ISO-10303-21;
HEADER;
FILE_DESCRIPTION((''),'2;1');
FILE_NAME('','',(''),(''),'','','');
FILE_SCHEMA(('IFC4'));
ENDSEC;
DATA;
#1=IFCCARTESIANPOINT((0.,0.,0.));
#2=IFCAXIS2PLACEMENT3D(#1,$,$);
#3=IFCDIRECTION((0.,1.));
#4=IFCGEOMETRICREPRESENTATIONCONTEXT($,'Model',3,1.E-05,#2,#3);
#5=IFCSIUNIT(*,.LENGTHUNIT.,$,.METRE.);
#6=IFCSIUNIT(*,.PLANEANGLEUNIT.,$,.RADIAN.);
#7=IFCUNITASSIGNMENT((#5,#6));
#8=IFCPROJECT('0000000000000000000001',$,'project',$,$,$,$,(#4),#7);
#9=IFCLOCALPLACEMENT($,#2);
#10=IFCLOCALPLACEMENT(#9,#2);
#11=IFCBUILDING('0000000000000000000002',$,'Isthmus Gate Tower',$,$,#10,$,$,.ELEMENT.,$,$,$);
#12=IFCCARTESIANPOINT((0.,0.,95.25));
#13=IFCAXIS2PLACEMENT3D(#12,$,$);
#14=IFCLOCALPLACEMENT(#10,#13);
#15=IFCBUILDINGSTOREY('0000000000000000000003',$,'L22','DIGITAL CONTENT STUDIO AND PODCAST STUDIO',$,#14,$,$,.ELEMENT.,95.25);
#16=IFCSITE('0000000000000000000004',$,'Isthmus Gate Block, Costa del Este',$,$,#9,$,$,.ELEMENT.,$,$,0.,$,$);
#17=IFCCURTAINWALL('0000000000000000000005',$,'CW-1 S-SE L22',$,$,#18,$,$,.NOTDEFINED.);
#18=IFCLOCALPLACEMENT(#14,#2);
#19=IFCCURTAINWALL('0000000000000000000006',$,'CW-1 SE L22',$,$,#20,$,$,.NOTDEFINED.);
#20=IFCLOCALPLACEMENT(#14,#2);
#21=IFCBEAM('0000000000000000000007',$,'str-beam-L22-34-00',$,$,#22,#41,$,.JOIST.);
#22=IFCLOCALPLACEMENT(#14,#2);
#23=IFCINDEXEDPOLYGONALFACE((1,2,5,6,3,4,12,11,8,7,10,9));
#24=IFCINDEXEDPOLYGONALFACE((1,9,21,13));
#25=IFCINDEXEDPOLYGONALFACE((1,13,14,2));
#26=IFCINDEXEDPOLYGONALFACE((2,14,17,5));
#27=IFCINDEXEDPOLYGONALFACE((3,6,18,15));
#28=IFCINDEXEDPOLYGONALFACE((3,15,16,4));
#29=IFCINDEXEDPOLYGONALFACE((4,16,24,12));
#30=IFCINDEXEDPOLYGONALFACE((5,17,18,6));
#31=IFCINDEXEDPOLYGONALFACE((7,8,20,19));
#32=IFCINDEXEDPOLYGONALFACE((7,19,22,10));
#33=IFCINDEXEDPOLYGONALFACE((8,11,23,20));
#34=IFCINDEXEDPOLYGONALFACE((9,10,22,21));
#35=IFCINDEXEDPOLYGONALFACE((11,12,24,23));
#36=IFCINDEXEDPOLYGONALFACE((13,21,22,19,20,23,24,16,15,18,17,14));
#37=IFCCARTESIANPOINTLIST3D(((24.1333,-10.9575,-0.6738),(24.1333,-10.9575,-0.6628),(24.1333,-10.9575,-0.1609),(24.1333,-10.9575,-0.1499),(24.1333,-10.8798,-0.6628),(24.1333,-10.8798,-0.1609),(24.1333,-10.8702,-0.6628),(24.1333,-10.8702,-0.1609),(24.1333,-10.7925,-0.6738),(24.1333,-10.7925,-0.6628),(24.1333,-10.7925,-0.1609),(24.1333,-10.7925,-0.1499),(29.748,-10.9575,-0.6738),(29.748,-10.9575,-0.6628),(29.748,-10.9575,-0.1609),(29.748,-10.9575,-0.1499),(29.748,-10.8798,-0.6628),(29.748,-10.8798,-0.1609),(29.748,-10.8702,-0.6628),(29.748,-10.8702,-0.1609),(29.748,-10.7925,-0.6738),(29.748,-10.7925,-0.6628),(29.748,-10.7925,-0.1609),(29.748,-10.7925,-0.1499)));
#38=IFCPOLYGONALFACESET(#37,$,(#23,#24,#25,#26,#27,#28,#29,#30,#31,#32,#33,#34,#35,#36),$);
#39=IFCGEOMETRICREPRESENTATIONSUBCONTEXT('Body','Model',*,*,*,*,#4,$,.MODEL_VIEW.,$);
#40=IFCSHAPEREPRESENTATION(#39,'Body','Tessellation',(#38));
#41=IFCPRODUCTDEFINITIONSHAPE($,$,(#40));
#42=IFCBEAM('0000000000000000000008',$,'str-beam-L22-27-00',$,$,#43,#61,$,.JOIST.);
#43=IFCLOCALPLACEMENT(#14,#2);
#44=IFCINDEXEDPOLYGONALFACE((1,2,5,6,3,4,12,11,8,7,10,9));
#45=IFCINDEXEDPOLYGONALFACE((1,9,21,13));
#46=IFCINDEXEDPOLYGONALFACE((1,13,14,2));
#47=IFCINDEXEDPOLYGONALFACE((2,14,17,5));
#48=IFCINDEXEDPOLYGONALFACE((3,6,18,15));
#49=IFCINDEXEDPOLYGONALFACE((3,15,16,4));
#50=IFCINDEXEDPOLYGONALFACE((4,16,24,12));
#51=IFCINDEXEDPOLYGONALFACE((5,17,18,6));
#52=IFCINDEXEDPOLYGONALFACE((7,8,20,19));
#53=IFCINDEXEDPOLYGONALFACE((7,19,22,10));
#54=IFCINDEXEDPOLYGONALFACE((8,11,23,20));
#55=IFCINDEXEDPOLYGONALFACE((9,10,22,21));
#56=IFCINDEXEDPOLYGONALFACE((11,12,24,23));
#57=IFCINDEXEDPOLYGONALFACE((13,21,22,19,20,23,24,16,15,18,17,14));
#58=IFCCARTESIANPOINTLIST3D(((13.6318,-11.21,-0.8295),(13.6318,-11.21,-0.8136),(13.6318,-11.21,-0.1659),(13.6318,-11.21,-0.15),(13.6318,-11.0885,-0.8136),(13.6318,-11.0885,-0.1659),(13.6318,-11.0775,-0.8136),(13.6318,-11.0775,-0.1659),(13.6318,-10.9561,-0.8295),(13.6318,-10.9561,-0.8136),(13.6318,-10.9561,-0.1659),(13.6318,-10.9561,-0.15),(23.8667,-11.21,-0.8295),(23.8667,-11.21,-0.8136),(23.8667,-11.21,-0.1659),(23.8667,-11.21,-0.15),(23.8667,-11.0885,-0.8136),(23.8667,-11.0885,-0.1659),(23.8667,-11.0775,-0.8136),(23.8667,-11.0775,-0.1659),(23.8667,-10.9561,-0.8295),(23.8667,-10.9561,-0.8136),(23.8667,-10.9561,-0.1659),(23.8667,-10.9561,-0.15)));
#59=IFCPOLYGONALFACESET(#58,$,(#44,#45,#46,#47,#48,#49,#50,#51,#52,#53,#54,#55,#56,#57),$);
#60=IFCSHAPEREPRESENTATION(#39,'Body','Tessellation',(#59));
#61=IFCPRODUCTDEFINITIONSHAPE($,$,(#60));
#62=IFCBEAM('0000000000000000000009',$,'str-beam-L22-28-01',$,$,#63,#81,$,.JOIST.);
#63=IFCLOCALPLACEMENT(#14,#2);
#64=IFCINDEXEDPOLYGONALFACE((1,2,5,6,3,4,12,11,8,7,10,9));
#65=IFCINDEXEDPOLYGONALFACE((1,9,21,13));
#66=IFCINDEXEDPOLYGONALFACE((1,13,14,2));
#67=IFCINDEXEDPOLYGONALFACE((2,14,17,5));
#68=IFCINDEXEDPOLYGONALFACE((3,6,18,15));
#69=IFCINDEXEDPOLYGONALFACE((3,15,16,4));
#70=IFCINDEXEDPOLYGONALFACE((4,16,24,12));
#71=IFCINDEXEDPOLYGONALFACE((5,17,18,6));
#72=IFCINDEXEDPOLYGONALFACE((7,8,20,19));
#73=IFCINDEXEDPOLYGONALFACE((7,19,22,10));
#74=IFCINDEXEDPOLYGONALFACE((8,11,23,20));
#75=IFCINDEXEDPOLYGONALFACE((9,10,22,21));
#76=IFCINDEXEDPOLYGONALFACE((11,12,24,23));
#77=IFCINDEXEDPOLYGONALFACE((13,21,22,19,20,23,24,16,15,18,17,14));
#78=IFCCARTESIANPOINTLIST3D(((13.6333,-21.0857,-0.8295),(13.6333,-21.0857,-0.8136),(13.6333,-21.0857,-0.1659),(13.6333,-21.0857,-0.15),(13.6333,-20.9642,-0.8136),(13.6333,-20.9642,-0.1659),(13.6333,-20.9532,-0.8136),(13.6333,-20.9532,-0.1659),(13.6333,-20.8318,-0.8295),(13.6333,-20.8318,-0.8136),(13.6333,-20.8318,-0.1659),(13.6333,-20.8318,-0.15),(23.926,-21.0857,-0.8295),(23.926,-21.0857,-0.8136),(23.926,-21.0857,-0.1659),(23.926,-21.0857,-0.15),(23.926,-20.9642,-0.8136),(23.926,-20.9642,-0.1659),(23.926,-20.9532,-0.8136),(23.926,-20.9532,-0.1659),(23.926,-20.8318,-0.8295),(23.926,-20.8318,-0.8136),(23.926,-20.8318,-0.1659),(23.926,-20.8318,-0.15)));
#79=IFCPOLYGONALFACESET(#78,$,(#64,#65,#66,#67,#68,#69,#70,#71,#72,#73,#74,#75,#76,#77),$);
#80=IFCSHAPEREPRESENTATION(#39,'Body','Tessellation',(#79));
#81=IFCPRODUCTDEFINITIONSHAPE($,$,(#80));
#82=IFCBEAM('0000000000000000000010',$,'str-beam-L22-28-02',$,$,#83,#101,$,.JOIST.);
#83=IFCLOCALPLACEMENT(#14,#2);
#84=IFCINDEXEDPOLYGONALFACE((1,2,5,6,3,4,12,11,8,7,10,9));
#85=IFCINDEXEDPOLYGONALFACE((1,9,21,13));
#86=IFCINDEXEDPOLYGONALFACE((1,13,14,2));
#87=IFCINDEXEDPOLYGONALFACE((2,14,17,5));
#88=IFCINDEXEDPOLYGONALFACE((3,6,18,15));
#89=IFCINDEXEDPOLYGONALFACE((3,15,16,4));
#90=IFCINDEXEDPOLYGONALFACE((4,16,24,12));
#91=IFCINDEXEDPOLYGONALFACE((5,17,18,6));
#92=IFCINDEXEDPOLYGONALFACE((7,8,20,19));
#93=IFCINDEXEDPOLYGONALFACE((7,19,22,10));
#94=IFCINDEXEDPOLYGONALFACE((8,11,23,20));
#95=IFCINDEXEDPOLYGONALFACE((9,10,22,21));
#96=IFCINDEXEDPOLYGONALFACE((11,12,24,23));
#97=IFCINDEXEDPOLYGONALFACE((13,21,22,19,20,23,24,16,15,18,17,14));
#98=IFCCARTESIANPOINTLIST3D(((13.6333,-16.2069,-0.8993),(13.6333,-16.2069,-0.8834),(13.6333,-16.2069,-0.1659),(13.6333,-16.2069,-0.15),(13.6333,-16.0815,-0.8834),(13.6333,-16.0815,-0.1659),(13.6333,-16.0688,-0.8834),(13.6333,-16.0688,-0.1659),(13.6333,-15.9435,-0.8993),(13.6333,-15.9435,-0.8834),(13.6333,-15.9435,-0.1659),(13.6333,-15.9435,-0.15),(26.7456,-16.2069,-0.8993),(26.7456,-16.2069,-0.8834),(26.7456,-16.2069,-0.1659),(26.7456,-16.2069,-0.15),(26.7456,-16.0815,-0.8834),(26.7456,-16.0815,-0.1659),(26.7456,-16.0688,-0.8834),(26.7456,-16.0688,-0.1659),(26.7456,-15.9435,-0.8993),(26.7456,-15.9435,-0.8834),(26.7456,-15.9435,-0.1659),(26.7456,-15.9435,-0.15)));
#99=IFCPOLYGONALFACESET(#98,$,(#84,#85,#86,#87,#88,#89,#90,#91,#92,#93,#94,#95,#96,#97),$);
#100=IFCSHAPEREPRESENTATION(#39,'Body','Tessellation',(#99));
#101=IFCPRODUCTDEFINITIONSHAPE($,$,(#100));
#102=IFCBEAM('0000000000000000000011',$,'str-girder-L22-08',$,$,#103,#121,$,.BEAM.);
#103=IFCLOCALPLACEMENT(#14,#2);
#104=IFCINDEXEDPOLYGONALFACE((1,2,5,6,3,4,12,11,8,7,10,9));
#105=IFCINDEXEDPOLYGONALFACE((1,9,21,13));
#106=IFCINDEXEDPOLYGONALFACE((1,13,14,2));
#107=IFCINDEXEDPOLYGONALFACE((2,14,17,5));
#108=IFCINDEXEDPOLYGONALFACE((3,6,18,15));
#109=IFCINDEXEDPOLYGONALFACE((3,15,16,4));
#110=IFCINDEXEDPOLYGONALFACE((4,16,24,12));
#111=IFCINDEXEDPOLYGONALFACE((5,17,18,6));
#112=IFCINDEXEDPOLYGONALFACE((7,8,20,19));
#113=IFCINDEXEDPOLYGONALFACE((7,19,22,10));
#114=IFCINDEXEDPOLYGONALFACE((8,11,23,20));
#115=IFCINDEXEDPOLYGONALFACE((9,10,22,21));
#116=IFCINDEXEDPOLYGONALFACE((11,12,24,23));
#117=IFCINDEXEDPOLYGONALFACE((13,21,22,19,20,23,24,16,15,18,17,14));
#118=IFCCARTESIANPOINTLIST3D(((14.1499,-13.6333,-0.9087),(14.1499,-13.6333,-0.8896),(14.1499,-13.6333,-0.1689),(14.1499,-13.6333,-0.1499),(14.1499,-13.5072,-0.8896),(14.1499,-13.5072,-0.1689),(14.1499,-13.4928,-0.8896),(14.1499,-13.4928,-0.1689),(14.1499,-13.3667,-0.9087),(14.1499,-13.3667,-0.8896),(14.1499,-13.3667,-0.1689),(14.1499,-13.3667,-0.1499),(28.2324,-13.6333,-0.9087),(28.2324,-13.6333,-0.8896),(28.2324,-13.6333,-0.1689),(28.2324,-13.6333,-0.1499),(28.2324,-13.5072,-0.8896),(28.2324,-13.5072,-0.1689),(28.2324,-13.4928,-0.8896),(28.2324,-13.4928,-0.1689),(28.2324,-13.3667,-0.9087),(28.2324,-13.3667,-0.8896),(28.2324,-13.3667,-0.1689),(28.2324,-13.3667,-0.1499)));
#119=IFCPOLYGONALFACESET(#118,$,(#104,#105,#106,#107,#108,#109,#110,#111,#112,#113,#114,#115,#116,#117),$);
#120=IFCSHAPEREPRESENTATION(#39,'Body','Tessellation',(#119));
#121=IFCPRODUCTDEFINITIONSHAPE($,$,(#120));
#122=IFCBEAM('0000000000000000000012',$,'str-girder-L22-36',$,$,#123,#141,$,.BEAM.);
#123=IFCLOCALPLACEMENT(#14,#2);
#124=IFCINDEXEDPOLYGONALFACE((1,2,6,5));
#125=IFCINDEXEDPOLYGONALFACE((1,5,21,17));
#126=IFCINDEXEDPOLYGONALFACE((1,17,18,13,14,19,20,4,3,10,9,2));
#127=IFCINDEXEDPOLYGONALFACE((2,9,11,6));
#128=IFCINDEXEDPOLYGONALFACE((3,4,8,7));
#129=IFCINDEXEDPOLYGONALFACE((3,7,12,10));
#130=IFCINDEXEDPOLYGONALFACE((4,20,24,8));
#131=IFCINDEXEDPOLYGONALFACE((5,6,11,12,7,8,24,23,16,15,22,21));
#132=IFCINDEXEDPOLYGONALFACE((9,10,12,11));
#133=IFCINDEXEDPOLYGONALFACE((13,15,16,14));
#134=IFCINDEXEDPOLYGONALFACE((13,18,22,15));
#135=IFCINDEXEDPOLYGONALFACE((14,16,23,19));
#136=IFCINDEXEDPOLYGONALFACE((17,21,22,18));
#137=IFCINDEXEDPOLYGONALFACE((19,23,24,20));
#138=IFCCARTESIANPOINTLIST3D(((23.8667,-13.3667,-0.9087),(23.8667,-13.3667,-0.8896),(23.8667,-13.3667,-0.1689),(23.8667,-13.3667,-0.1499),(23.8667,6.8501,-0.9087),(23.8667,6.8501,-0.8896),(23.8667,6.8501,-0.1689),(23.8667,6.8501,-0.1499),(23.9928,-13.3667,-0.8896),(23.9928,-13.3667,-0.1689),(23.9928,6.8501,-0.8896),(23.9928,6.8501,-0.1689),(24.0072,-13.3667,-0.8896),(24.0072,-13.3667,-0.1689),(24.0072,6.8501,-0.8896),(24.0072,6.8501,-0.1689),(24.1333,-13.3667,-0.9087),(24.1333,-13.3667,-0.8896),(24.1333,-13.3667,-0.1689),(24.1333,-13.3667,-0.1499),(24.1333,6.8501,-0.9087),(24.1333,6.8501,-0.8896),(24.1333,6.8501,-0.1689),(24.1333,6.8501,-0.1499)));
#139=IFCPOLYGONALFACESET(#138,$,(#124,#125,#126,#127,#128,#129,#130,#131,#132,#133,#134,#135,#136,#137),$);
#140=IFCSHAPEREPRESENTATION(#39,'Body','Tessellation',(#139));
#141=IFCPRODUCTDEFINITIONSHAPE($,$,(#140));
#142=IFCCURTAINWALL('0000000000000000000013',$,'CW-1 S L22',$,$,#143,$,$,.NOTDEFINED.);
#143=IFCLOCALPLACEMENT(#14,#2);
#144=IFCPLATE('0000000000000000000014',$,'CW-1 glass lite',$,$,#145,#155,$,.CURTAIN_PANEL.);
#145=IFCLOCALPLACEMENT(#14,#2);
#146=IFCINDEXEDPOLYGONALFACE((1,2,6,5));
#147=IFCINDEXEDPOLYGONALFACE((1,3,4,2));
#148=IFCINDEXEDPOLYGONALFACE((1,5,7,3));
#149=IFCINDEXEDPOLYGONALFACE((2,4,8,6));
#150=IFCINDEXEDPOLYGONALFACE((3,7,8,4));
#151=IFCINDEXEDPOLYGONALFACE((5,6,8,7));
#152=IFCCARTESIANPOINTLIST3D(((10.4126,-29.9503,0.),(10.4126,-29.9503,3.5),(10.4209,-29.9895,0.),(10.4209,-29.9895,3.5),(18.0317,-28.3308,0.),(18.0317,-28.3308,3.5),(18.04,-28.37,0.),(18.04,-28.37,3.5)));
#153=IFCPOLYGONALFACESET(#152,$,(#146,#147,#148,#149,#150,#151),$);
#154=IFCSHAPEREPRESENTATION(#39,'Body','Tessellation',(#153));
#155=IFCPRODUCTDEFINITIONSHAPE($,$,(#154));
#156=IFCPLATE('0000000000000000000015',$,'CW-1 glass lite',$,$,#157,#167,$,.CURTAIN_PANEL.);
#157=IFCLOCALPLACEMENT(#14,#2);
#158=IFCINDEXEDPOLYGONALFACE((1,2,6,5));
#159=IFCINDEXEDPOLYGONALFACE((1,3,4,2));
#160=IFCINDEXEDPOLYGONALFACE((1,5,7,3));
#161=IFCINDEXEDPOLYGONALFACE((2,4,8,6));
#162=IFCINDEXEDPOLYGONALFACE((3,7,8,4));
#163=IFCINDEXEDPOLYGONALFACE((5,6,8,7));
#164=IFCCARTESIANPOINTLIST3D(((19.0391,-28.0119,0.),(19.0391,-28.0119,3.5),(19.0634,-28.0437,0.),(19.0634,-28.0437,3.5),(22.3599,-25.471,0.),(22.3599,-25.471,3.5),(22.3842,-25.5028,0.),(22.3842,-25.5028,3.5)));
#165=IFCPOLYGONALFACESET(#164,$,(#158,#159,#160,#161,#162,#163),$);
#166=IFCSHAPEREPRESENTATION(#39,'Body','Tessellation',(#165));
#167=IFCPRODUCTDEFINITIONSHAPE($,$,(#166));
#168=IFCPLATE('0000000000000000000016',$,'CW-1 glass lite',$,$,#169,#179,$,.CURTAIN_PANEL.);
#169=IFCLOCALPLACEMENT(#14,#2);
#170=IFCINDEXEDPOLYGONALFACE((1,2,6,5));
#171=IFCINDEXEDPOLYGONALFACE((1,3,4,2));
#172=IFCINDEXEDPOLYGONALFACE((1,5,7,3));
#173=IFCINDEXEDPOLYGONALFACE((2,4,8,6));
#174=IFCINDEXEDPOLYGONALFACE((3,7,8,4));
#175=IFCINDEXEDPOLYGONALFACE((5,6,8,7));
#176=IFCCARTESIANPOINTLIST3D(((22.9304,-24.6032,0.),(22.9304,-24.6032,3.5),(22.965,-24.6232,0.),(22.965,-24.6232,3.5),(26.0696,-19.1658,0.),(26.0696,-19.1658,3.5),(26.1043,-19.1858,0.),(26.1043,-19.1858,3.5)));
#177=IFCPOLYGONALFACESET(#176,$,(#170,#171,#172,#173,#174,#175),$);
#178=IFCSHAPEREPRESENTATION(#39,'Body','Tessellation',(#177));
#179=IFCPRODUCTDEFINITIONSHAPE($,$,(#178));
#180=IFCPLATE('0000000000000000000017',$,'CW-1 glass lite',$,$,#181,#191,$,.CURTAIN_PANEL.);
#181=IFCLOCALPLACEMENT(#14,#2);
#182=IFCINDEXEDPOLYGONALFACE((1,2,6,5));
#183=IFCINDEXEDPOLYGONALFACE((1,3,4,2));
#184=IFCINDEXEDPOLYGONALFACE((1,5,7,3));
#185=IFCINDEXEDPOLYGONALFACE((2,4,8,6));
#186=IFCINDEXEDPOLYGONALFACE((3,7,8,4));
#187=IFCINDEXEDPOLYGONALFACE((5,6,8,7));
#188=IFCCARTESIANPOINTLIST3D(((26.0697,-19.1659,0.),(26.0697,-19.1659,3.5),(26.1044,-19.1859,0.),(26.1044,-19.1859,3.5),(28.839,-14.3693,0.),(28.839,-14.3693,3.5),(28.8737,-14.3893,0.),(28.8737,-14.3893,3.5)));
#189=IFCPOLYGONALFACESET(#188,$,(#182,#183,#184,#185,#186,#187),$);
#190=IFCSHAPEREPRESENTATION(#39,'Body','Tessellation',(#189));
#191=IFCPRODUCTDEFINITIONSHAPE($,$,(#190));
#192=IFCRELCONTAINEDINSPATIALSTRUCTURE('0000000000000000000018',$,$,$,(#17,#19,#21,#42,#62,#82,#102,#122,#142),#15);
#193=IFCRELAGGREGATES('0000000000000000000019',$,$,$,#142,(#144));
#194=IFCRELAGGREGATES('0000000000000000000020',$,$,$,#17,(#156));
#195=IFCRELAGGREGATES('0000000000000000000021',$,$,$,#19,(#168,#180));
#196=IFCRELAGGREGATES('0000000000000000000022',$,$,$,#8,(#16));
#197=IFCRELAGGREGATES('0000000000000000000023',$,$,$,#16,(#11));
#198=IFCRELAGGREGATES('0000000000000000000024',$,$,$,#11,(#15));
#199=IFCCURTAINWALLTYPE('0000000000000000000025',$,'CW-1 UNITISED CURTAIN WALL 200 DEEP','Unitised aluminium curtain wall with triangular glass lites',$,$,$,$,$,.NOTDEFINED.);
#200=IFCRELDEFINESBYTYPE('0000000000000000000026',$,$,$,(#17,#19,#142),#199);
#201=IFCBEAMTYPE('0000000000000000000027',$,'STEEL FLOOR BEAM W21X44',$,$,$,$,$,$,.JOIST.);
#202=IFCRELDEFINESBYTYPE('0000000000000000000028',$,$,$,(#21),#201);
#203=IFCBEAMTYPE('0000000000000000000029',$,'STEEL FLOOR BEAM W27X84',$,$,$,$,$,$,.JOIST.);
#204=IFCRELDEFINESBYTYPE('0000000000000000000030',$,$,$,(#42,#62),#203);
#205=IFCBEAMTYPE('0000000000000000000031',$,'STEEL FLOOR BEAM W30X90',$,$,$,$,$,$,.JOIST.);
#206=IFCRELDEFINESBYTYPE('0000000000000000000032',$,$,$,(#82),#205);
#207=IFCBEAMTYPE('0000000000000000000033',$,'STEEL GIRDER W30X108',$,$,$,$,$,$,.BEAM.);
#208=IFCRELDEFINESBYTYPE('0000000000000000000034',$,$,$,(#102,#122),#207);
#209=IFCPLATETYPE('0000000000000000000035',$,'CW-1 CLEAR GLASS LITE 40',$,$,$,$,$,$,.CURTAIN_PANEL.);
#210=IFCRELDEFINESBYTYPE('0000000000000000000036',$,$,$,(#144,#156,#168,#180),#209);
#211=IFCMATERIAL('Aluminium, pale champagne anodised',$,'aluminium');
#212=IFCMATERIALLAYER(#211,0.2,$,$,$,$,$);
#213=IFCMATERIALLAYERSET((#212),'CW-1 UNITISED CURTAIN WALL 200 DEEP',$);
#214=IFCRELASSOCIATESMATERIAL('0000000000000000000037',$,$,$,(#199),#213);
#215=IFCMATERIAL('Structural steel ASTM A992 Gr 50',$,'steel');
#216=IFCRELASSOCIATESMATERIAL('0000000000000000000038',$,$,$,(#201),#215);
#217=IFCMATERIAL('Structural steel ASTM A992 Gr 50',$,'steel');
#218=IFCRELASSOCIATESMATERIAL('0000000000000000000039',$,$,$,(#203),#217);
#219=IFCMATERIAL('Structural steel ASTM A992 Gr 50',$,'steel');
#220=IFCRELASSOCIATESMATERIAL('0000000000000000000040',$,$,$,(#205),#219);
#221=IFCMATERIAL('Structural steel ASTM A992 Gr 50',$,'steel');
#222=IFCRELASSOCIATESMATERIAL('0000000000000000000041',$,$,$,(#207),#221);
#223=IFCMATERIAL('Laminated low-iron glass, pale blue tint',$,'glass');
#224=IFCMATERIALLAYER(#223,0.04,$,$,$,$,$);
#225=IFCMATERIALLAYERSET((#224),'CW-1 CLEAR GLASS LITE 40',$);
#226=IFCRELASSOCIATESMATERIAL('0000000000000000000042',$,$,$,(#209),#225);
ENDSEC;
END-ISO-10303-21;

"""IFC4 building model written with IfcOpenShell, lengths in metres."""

from ifc_helpers import new_model, si_unit, direction, frame, origin, origin_2d, place, context, subcontext, project, spatial, rectangle, i_section, extrude, material, layer, layer_set, material_profile, profile_set, type_object, element, aggregate, save


model = new_model("IFC4")

# Units and contexts
model_context = context("Model", 3, precision=1e-05, world=origin(), true_north=direction((0.0, 1.0)))
body_context = subcontext(model_context, "Body", "Model", "MODEL_VIEW")
ifc_project = project(units=[si_unit("LENGTHUNIT", "METRE"), si_unit("PLANEANGLEUNIT", "RADIAN")], contexts=[model_context])

# Site, building, storey
site_placement = place(None, origin())
site = spatial("IfcSite", under=ifc_project, at=site_placement, Name="Isthmus Gate Block, Costa del Este", CompositionType="ELEMENT", RefElevation=0.0)
building_placement = place(site_placement, origin())
building = spatial("IfcBuilding", under=site, at=building_placement, Name="Isthmus Gate Tower", CompositionType="ELEMENT")
storey_placement = place(building_placement, frame((0.0, 0.0, 95.25)))
storey = spatial("IfcBuildingStorey", under=building, at=storey_placement, Name="L22", Description="DIGITAL CONTENT STUDIO AND PODCAST STUDIO", CompositionType="ELEMENT", Elevation=95.25)

# Curtain wall
ifc_material_1 = material(Name="Aluminium, pale champagne anodised", Category="aluminium")
ifc_layer_1 = layer(ifc_material_1, 0.2)
ifc_layer_set_1 = layer_set([ifc_layer_1], Name="CW-1 UNITISED CURTAIN WALL 200 DEEP")
curtain_wall_type = type_object("IfcCurtainWallType", Name="CW-1 UNITISED CURTAIN WALL 200 DEEP", Description="Unitised aluminium curtain wall with triangular glass lites", PredefinedType="NOTDEFINED", material=ifc_layer_set_1)
curtain_wall_1_placement = place(storey_placement, origin())
curtain_wall_1 = element("IfcCurtainWall", 1, at=curtain_wall_1_placement, inside=storey, type_object=curtain_wall_type, Name="CW-1 S-SE L22", PredefinedType="NOTDEFINED")

# Curtain wall
curtain_wall_2_placement = place(storey_placement, origin())
curtain_wall_2 = element("IfcCurtainWall", 2, at=curtain_wall_2_placement, inside=storey, type_object=curtain_wall_type, Name="CW-1 SE L22", PredefinedType="NOTDEFINED")

# Beams
ifc_material_2 = material(Name="Structural steel ASTM A992 Gr 50", Category="steel")
ifc_material_profile_1 = material_profile(ifc_material_2, i_section(OverallWidth=0.165, OverallDepth=0.5239, WebThickness=0.0095, FlangeThickness=0.011, at=origin_2d()), Name="W21X44")
ifc_profile_set_1 = profile_set([ifc_material_profile_1], Name="Structural steel ASTM A992 Gr 50")
beam_type_1 = type_object("IfcBeamType", Name="STEEL FLOOR BEAM W21X44", PredefinedType="JOIST", material=ifc_profile_set_1)
beam_1_placement = place(storey_placement, frame((24.1333, -10.875, -0.4119), z_axis=(1.0, 0.0, 0.0), x_axis=(0.0, 1.0, 0.0)))
element("IfcBeam", 3, at=beam_1_placement, inside=storey, type_object=beam_type_1, Name="str-beam-L22-34-00", PredefinedType="JOIST", context=body_context, shape_type="SweptSolid", body=[
    extrude(i_section(OverallWidth=0.165, OverallDepth=0.5239, WebThickness=0.0095, FlangeThickness=0.011, at=origin_2d()), origin(), (0.0, 0.0, 1.0), 5.6147),
])
ifc_material_3 = material(Name="Structural steel ASTM A992 Gr 50", Category="steel")
ifc_material_profile_2 = material_profile(ifc_material_3, i_section(OverallWidth=0.2539, OverallDepth=0.6794, WebThickness=0.011, FlangeThickness=0.0159, at=origin_2d()), Name="W27X84")
ifc_profile_set_2 = profile_set([ifc_material_profile_2], Name="Structural steel ASTM A992 Gr 50")
beam_type_2 = type_object("IfcBeamType", Name="STEEL FLOOR BEAM W27X84", PredefinedType="JOIST", material=ifc_profile_set_2)
beam_2_placement = place(storey_placement, frame((13.6318, -11.083, -0.4897), z_axis=(1.0, 0.0, 0.0), x_axis=(0.0, 1.0, 0.0)))
element("IfcBeam", 4, at=beam_2_placement, inside=storey, type_object=beam_type_2, Name="str-beam-L22-27-00", PredefinedType="JOIST", context=body_context, shape_type="SweptSolid", body=[
    extrude(i_section(OverallWidth=0.2539, OverallDepth=0.6794, WebThickness=0.011, FlangeThickness=0.0159, at=origin_2d()), origin(), (0.0, 0.0, 1.0), 10.2349),
])
beam_3_placement = place(storey_placement, frame((13.6333, -20.9587, -0.4897), z_axis=(1.0, 0.0, 0.0), x_axis=(0.0, 1.0, 0.0)))
element("IfcBeam", 5, at=beam_3_placement, inside=storey, type_object=beam_type_2, Name="str-beam-L22-28-01", PredefinedType="JOIST", context=body_context, shape_type="SweptSolid", body=[
    extrude(i_section(OverallWidth=0.2539, OverallDepth=0.6794, WebThickness=0.011, FlangeThickness=0.0159, at=origin_2d()), origin(), (0.0, 0.0, 1.0), 10.2927),
])
ifc_material_4 = material(Name="Structural steel ASTM A992 Gr 50", Category="steel")
ifc_material_profile_3 = material_profile(ifc_material_4, i_section(OverallWidth=0.2634, OverallDepth=0.7493, WebThickness=0.0127, FlangeThickness=0.0159, at=origin_2d()), Name="W30X90")
ifc_profile_set_3 = profile_set([ifc_material_profile_3], Name="Structural steel ASTM A992 Gr 50")
beam_type_3 = type_object("IfcBeamType", Name="STEEL FLOOR BEAM W30X90", PredefinedType="JOIST", material=ifc_profile_set_3)
beam_4_placement = place(storey_placement, frame((13.6333, -16.0752, -0.5247), z_axis=(1.0, 0.0, 0.0), x_axis=(0.0, 1.0, 0.0)))
element("IfcBeam", 6, at=beam_4_placement, inside=storey, type_object=beam_type_3, Name="str-beam-L22-28-02", PredefinedType="JOIST", context=body_context, shape_type="SweptSolid", body=[
    extrude(i_section(OverallWidth=0.2634, OverallDepth=0.7493, WebThickness=0.0127, FlangeThickness=0.0159, at=origin_2d()), origin(), (0.0, 0.0, 1.0), 13.1123),
])
ifc_material_5 = material(Name="Structural steel ASTM A992 Gr 50", Category="steel")
ifc_material_profile_4 = material_profile(ifc_material_5, i_section(OverallWidth=0.2666, OverallDepth=0.7588, WebThickness=0.0144, FlangeThickness=0.019, at=origin_2d()), Name="W30X108")
ifc_profile_set_4 = profile_set([ifc_material_profile_4], Name="Structural steel ASTM A992 Gr 50")
beam_type_4 = type_object("IfcBeamType", Name="STEEL GIRDER W30X108", PredefinedType="BEAM", material=ifc_profile_set_4)
beam_5_placement = place(storey_placement, frame((14.1499, -13.5, -0.5293), z_axis=(1.0, 0.0, 0.0), x_axis=(0.0, 1.0, 0.0)))
element("IfcBeam", 7, at=beam_5_placement, inside=storey, type_object=beam_type_4, Name="str-girder-L22-08", PredefinedType="BEAM", context=body_context, shape_type="SweptSolid", body=[
    extrude(i_section(OverallWidth=0.2666, OverallDepth=0.7588, WebThickness=0.0144, FlangeThickness=0.019, at=origin_2d()), origin(), (0.0, 0.0, 1.0), 14.0825),
])
beam_6_placement = place(storey_placement, frame((24.0, -13.3667, -0.5293), z_axis=(0.0, 1.0, 0.0), x_axis=(-1.0, 0.0, 0.0)))
element("IfcBeam", 8, at=beam_6_placement, inside=storey, type_object=beam_type_4, Name="str-girder-L22-36", PredefinedType="BEAM", context=body_context, shape_type="SweptSolid", body=[
    extrude(i_section(OverallWidth=0.2666, OverallDepth=0.7588, WebThickness=0.0144, FlangeThickness=0.019, at=origin_2d()), origin(), (0.0, 0.0, 1.0), 20.2168),
])

# Curtain wall, plate
curtain_wall_3_placement = place(storey_placement, origin())
curtain_wall_3 = element("IfcCurtainWall", 9, at=curtain_wall_3_placement, inside=storey, type_object=curtain_wall_type, Name="CW-1 S L22", PredefinedType="NOTDEFINED")
ifc_material_6 = material(Name="Laminated low-iron glass, pale blue tint", Category="glass")
ifc_layer_2 = layer(ifc_material_6, 0.04)
ifc_layer_set_2 = layer_set([ifc_layer_2], Name="CW-1 CLEAR GLASS LITE 40")
plate_type = type_object("IfcPlateType", Name="CW-1 CLEAR GLASS LITE 40", PredefinedType="CURTAIN_PANEL", material=ifc_layer_set_2)
plate_1_placement = place(storey_placement, frame((14.2263, -29.1602, 0.0), z_axis=(0.0, 0.0, 1.0), x_axis=(0.978148, 0.207912, 0.0)))
plate_1 = element("IfcPlate", 10, at=plate_1_placement, type_object=plate_type, Name="CW-1 glass lite", PredefinedType="CURTAIN_PANEL", context=body_context, shape_type="SweptSolid", body=[
    extrude(rectangle(XDim=7.7893, YDim=0.04, at=origin_2d()), origin(), (0.0, 0.0, 1.0), 3.5),
])
aggregate(curtain_wall_3, [plate_1])

# Plates
plate_2_placement = place(storey_placement, frame((20.7117, -26.7573, 0.0), z_axis=(0.0, 0.0, 1.0), x_axis=(0.794189, 0.607671, 0.0)))
plate_2 = element("IfcPlate", 11, at=plate_2_placement, type_object=plate_type, Name="CW-1 glass lite", PredefinedType="CURTAIN_PANEL", context=body_context, shape_type="SweptSolid", body=[
    extrude(rectangle(XDim=4.1814, YDim=0.04, at=origin_2d()), origin(), (0.0, 0.0, 1.0), 3.5),
])
aggregate(curtain_wall_1, [plate_2])
plate_3_placement = place(storey_placement, frame((24.5173, -21.8945, 0.0), z_axis=(0.0, 0.0, 1.0), x_axis=(0.5, 0.866025, 0.0)))
plate_3 = element("IfcPlate", 12, at=plate_3_placement, type_object=plate_type, Name="CW-1 glass lite", PredefinedType="CURTAIN_PANEL", context=body_context, shape_type="SweptSolid", body=[
    extrude(rectangle(XDim=6.2786, YDim=0.04, at=origin_2d()), origin(), (0.0, 0.0, 1.0), 3.5),
])
plate_4_placement = place(storey_placement, frame((27.4717, -16.7776, 0.0), z_axis=(0.0, 0.0, 1.0), x_axis=(0.5, 0.866025, 0.0)))
plate_4 = element("IfcPlate", 13, at=plate_4_placement, type_object=plate_type, Name="CW-1 glass lite", PredefinedType="CURTAIN_PANEL", context=body_context, shape_type="SweptSolid", body=[
    extrude(rectangle(XDim=5.5386, YDim=0.04, at=origin_2d()), origin(), (0.0, 0.0, 1.0), 3.5),
])
aggregate(curtain_wall_2, [plate_3, plate_4])

save(model, "model.ifc")
